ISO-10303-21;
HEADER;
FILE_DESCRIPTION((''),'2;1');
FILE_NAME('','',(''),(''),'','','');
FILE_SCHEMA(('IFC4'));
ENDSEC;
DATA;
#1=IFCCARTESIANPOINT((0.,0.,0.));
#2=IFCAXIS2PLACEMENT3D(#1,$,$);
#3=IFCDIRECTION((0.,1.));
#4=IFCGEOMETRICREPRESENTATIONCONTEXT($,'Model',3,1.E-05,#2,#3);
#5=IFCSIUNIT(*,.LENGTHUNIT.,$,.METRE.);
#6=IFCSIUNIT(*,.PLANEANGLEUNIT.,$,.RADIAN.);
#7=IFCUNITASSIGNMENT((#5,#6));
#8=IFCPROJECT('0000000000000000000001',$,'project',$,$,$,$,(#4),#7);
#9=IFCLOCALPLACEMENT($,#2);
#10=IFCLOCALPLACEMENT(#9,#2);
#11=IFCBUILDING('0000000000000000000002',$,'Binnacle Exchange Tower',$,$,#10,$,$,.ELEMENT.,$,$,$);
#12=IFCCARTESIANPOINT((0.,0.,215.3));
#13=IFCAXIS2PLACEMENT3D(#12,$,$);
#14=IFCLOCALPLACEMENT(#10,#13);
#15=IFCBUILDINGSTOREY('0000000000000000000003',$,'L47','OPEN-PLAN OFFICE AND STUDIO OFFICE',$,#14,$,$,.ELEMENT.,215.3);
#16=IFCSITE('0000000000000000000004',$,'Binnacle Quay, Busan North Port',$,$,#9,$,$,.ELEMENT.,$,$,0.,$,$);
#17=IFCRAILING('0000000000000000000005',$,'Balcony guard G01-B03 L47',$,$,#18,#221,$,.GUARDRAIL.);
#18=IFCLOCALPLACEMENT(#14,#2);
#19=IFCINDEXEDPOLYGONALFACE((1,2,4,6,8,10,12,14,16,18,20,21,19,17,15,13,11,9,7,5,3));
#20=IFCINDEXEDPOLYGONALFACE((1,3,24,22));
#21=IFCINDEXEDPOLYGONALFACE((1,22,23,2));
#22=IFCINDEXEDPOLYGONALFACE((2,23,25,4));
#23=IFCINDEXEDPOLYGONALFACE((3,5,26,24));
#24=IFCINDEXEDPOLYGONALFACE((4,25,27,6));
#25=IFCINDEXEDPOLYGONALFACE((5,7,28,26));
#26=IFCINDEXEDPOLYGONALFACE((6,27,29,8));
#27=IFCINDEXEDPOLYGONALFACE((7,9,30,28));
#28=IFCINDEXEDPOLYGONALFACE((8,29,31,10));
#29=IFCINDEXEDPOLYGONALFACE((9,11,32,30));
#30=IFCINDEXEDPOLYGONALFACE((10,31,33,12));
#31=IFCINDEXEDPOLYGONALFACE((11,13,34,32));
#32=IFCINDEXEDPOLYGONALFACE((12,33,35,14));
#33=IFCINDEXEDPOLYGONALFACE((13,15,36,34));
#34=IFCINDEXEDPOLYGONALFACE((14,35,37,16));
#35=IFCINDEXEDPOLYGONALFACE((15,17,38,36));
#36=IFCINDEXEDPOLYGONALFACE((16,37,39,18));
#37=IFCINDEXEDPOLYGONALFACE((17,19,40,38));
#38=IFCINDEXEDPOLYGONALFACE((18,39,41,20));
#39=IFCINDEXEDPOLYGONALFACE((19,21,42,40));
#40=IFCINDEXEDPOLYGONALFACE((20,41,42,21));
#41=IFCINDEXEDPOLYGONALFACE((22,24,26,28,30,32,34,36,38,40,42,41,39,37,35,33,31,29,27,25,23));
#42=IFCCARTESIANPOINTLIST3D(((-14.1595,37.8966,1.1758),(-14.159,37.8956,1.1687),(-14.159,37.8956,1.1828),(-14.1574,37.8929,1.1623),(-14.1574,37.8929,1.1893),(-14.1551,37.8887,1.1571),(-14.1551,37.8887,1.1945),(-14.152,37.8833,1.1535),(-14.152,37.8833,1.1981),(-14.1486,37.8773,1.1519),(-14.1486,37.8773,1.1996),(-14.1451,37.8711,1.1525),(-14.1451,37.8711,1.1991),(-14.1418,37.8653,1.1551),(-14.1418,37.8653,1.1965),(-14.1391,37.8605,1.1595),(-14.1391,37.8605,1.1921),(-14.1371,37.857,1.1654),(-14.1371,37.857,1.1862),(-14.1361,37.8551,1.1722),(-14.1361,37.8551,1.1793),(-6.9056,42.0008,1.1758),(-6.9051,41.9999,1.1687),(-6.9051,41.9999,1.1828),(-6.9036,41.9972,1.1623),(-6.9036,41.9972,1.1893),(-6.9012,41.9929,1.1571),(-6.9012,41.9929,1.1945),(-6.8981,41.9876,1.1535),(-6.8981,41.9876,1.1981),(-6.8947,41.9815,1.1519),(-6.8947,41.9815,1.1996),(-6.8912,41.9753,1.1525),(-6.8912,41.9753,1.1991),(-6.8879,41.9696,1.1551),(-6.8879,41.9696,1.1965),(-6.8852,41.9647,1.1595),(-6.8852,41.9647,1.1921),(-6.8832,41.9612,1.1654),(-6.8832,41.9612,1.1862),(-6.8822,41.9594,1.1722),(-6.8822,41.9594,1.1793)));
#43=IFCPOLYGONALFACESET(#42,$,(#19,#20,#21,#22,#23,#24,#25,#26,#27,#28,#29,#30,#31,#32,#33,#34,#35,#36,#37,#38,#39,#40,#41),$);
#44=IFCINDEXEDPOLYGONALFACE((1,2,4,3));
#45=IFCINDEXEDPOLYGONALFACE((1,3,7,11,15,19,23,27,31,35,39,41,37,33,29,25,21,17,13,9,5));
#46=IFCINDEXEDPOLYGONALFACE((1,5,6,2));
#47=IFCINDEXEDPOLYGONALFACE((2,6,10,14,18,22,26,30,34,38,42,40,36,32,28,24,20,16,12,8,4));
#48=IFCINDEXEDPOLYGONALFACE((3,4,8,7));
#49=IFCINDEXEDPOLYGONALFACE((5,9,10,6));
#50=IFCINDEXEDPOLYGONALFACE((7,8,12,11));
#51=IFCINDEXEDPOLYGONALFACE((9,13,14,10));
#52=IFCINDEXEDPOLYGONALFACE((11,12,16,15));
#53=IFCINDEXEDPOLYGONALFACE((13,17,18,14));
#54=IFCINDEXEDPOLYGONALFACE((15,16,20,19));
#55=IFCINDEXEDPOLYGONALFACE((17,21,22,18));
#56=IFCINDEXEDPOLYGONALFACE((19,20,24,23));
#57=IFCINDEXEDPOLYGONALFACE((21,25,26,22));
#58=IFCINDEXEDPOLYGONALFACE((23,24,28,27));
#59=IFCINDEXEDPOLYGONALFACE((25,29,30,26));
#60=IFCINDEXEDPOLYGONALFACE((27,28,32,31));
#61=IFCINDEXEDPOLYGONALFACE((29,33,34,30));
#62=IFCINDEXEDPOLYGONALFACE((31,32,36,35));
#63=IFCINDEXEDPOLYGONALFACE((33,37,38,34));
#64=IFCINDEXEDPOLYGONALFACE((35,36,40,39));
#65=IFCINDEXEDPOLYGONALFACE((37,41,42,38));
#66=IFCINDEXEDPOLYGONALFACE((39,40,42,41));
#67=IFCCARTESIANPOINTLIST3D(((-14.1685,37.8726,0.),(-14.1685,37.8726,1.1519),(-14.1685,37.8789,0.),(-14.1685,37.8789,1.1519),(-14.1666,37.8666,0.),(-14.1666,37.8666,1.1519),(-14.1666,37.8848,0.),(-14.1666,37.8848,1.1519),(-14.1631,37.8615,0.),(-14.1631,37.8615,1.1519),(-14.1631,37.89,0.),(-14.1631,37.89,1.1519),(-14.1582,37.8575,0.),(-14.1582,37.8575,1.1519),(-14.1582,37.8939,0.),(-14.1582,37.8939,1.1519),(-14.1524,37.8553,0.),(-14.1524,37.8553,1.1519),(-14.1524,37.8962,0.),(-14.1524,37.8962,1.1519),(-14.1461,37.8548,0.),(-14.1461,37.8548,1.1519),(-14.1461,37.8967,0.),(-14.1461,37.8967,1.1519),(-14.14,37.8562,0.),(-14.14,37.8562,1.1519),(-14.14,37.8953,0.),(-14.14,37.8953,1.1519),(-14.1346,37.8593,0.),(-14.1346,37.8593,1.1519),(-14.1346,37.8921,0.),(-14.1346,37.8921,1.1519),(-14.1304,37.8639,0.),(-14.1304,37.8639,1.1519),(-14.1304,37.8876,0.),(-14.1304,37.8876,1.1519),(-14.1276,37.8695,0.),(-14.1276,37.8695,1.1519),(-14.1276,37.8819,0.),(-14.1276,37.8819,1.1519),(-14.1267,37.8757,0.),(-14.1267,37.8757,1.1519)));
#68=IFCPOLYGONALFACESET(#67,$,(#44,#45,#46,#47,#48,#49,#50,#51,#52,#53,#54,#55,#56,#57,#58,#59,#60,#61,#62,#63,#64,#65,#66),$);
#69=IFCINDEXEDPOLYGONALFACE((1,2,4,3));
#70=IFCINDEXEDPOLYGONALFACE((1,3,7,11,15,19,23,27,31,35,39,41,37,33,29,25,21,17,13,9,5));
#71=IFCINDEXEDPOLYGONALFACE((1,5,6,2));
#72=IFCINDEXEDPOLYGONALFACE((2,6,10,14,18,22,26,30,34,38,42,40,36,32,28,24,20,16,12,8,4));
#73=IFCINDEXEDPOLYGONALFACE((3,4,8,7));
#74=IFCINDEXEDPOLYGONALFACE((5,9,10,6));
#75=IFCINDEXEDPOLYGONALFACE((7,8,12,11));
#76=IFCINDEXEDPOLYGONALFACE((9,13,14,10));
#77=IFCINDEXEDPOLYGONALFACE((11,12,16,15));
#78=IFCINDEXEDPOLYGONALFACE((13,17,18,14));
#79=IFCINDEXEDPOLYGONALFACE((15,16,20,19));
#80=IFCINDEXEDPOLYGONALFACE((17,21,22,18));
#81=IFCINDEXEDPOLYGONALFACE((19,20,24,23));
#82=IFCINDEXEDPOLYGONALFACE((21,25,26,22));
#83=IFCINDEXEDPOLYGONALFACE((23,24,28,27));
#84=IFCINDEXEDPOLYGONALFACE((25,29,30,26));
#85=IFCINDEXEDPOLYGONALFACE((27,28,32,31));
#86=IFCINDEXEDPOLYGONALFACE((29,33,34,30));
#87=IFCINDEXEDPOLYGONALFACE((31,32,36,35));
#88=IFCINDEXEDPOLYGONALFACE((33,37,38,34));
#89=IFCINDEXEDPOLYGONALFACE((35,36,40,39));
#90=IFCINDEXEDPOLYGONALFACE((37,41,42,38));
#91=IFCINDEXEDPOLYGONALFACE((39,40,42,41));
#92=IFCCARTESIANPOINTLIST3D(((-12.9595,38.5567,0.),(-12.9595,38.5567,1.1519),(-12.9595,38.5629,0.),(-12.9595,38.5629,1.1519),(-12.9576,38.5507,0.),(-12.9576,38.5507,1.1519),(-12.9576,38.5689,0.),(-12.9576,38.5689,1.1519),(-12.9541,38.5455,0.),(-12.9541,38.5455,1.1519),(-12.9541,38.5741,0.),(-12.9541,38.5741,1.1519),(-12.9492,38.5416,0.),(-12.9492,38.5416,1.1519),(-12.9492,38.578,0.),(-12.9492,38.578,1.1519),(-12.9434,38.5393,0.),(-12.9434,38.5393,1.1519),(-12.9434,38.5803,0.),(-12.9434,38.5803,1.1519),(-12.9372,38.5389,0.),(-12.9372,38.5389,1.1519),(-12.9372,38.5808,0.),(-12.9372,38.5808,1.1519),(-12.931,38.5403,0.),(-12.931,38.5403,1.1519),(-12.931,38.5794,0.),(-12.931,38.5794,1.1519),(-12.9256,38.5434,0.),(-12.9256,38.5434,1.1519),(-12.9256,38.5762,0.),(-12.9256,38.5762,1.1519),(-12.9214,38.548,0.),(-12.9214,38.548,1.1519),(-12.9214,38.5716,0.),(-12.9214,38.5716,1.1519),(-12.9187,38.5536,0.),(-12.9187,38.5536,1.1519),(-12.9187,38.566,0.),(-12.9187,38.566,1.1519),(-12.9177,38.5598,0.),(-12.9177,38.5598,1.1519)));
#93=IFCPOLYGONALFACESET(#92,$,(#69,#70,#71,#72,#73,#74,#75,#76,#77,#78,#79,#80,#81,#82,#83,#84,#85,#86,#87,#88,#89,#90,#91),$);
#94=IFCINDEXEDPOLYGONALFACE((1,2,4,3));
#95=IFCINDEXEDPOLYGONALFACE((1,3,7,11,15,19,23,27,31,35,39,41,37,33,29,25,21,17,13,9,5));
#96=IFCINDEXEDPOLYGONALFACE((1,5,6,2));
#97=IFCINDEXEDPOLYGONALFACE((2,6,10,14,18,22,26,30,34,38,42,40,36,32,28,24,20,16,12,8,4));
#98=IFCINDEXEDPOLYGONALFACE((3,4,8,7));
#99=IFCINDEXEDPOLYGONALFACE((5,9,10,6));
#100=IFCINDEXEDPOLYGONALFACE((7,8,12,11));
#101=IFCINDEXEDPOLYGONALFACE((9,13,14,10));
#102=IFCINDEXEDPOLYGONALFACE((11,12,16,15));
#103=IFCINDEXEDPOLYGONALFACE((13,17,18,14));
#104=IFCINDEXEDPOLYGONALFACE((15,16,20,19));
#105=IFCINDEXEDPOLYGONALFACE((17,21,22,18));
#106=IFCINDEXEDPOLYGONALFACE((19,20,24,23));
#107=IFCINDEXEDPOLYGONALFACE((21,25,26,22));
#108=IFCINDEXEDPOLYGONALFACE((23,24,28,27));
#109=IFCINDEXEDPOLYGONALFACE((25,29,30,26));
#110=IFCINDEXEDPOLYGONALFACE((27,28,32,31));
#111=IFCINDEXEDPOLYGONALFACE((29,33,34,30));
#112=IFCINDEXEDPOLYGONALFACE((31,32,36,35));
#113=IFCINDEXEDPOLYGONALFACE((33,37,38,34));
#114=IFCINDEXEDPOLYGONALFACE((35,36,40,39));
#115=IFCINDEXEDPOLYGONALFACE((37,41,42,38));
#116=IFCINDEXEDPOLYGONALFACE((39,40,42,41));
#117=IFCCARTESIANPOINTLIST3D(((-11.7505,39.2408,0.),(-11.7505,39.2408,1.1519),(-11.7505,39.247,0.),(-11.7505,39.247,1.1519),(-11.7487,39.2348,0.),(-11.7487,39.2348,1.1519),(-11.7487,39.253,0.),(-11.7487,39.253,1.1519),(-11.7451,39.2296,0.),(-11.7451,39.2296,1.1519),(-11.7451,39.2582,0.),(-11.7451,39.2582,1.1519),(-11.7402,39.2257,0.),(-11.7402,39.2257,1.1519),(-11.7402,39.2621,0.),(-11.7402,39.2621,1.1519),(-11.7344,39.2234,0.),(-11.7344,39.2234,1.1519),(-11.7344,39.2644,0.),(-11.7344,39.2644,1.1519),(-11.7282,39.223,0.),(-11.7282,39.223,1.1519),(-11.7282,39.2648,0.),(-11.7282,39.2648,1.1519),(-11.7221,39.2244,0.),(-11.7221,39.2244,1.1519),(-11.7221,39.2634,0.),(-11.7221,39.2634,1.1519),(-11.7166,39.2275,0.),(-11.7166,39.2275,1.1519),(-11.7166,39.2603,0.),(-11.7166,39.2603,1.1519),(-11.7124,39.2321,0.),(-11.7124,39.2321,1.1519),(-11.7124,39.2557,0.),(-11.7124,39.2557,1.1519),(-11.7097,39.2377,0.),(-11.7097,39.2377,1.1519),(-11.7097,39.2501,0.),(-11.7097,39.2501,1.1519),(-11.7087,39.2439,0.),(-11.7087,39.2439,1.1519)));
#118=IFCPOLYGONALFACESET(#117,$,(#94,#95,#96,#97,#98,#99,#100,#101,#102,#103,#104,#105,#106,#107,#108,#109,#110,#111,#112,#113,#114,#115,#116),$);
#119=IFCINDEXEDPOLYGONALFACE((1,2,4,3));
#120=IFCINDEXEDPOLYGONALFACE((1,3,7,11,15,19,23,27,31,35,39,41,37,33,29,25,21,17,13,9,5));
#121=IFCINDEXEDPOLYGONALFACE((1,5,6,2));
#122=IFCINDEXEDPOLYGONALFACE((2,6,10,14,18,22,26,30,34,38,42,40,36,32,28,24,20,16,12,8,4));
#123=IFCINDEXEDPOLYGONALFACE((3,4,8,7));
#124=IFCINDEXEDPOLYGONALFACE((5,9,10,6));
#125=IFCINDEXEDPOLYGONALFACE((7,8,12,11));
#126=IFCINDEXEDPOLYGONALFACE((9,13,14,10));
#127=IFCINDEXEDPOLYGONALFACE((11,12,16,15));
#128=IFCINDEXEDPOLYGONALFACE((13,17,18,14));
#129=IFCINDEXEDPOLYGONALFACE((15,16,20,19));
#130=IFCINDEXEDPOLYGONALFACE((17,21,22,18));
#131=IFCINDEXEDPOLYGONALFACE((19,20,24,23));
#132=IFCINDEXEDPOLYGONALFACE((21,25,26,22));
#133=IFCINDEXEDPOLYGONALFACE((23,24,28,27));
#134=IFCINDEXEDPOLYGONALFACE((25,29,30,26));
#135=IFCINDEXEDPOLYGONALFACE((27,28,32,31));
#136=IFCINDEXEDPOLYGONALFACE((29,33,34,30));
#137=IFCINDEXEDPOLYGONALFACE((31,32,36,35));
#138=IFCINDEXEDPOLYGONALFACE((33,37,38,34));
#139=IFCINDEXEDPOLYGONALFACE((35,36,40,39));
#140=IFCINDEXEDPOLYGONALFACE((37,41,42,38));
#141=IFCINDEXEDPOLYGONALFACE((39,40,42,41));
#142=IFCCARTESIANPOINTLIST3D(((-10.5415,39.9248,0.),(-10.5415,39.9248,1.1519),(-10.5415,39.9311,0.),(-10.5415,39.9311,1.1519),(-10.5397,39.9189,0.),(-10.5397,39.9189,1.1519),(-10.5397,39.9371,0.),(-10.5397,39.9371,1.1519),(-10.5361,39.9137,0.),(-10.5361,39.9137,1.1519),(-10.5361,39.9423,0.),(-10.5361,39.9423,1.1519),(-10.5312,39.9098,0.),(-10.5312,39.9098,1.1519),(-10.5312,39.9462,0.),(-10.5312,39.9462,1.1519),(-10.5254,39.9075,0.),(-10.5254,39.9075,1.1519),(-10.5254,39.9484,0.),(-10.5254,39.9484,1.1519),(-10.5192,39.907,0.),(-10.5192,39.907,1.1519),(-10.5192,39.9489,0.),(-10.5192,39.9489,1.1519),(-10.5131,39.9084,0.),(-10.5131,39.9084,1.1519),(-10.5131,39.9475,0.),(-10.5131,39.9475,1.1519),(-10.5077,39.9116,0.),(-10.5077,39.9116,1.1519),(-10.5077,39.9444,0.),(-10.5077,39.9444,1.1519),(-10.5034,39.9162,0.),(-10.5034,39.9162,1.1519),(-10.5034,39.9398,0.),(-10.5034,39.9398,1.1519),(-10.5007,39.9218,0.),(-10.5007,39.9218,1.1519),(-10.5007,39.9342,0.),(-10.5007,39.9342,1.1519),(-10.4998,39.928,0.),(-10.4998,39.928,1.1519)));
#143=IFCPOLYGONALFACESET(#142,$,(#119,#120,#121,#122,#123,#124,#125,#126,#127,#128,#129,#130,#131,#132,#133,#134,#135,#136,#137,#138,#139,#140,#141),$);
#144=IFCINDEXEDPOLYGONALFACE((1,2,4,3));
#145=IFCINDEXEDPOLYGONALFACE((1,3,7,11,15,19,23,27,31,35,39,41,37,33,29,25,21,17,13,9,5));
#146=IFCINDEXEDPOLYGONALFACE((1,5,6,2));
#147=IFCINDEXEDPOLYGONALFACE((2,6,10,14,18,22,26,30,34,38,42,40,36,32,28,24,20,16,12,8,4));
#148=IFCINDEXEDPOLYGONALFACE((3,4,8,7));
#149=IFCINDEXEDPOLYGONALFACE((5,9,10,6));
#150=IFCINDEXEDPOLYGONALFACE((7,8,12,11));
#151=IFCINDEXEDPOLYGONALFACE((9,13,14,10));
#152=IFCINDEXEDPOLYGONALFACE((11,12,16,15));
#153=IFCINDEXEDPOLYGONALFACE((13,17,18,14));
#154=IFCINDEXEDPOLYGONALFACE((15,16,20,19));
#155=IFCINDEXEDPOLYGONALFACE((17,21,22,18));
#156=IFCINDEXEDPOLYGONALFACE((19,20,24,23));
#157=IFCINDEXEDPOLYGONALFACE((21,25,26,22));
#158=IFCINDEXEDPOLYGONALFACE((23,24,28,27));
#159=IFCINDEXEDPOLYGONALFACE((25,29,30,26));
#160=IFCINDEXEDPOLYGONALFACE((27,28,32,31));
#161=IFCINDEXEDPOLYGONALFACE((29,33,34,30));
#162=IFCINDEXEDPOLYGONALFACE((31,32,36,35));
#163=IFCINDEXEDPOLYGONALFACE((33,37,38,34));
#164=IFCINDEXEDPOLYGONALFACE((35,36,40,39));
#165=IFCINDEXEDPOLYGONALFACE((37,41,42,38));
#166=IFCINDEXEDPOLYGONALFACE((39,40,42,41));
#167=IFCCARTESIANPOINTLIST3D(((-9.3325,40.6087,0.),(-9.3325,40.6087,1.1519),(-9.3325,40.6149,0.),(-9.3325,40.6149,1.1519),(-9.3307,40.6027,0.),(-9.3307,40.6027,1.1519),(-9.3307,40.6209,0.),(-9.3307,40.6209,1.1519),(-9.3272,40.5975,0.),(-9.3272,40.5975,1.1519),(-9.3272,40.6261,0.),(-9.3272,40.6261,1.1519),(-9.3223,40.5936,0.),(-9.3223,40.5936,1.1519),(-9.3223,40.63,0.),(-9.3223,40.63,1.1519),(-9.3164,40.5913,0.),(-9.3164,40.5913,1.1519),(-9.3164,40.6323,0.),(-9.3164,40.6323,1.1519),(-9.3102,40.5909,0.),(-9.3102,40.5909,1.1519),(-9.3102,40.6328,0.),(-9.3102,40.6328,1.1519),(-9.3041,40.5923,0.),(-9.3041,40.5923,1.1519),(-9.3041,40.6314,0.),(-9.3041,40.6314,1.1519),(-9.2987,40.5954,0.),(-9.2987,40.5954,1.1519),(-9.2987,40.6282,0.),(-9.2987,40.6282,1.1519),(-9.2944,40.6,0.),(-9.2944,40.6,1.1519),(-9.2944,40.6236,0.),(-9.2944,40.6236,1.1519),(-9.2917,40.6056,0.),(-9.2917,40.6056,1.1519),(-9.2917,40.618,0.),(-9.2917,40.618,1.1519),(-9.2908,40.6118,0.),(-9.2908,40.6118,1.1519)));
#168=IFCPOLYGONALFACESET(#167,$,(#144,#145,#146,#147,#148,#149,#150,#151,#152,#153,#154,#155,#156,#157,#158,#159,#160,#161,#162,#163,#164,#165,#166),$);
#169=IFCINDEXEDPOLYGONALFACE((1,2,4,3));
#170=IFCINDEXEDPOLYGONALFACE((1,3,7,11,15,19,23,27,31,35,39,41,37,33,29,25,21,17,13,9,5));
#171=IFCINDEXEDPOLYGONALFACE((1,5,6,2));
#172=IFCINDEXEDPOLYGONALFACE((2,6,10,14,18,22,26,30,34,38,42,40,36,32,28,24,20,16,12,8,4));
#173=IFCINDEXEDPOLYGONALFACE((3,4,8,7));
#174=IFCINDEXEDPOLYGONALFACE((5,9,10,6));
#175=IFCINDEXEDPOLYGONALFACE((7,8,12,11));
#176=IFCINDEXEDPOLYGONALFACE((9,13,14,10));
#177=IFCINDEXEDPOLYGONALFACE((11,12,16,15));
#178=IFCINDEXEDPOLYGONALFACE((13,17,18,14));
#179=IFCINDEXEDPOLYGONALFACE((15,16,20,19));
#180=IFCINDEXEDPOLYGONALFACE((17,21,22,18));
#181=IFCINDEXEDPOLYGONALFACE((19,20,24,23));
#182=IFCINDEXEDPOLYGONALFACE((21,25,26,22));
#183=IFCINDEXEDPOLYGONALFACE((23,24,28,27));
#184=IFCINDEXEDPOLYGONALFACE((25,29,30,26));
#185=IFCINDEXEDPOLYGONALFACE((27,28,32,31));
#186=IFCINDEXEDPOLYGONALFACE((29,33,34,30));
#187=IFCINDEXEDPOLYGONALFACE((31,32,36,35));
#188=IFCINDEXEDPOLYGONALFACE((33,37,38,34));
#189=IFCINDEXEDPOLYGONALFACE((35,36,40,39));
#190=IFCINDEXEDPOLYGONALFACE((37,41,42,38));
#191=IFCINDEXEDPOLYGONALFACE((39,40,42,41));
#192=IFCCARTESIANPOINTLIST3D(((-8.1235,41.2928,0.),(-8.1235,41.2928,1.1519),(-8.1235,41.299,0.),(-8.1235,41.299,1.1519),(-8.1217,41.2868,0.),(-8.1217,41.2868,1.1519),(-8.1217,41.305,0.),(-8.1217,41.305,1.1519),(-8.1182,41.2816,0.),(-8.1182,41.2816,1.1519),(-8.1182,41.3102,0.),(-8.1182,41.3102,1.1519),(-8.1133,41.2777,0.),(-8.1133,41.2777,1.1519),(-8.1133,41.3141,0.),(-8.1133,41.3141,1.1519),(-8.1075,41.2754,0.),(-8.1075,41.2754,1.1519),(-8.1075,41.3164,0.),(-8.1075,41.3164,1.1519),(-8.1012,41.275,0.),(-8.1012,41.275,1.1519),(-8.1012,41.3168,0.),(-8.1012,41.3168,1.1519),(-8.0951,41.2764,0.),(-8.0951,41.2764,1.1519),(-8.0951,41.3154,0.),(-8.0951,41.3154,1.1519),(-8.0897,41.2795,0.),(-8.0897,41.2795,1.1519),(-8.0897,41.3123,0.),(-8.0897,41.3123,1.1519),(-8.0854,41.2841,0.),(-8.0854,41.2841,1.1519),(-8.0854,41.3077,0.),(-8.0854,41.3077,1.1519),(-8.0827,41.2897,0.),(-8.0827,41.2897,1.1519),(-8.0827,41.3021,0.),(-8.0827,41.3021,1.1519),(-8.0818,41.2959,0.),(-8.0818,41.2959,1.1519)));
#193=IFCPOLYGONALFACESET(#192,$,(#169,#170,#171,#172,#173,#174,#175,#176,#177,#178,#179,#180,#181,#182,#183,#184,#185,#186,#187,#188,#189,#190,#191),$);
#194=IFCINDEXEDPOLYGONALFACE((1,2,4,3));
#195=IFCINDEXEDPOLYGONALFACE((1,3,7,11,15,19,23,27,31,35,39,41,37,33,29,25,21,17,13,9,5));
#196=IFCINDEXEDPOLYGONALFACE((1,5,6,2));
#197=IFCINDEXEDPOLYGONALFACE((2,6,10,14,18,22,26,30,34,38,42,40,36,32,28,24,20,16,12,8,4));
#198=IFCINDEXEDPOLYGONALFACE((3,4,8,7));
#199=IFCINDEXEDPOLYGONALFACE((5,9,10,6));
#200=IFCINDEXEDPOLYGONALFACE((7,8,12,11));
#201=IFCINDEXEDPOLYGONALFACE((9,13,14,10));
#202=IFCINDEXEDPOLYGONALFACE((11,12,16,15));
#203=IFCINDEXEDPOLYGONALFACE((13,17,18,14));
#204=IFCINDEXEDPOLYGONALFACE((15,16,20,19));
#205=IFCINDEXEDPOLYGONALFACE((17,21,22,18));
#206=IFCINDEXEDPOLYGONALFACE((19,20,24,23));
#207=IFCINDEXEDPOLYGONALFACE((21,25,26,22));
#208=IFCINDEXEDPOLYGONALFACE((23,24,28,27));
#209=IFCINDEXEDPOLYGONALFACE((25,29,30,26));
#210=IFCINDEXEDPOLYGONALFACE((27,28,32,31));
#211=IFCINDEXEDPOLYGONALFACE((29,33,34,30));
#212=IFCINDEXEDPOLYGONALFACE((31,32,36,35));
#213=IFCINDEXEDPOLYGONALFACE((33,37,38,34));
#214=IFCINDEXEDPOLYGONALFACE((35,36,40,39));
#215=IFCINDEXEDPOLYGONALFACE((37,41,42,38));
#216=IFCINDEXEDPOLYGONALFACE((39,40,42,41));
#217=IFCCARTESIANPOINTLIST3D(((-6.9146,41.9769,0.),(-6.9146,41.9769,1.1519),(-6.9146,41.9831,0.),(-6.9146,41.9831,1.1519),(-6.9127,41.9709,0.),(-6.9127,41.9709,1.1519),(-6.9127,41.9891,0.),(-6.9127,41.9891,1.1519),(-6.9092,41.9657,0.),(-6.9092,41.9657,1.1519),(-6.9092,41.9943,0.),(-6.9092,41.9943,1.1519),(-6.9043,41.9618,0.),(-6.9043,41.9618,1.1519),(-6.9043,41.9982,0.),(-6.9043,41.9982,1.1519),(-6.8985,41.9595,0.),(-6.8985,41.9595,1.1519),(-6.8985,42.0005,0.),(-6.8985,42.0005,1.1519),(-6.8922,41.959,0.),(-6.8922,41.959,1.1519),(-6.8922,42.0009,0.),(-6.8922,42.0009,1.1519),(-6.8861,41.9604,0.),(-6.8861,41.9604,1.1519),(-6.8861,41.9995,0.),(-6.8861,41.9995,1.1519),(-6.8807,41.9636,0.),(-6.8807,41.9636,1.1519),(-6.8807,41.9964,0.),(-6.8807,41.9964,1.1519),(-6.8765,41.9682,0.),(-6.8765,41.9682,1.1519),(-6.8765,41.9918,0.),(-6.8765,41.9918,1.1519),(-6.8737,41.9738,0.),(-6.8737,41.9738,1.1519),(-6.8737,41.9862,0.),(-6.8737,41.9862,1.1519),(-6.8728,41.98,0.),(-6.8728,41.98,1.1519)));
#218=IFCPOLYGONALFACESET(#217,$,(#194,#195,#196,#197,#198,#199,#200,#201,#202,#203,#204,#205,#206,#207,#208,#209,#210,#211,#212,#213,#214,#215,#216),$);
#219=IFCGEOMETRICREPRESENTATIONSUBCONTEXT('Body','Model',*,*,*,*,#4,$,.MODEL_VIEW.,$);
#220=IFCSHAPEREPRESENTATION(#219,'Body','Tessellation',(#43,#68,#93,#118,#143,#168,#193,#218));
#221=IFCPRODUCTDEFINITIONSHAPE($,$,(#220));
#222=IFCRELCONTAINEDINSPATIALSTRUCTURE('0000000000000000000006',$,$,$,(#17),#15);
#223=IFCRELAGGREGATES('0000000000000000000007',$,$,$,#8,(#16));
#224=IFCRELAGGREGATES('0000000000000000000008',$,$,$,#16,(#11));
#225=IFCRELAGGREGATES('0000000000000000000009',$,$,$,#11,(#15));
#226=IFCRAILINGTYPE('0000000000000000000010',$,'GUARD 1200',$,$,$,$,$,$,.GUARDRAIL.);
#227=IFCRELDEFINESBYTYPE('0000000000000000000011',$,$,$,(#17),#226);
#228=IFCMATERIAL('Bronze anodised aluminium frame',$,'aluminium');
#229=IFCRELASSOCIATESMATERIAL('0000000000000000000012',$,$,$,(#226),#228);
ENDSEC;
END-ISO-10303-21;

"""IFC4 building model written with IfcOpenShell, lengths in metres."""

from ifc_helpers import new_model, si_unit, direction, frame, origin, origin_2d, place, context, subcontext, project, spatial, circle, extrude, material, type_object, element, save


model = new_model("IFC4")

# Units and contexts
model_context = context("Model", 3, precision=1e-05, world=origin(), true_north=direction((0.0, 1.0)))
body_context = subcontext(model_context, "Body", "Model", "MODEL_VIEW")
ifc_project = project(units=[si_unit("LENGTHUNIT", "METRE"), si_unit("PLANEANGLEUNIT", "RADIAN")], contexts=[model_context])

# Site, building, storey
site_placement = place(None, origin())
site = spatial("IfcSite", under=ifc_project, at=site_placement, Name="Binnacle Quay, Busan North Port", CompositionType="ELEMENT", RefElevation=0.0)
building_placement = place(site_placement, origin())
building = spatial("IfcBuilding", under=site, at=building_placement, Name="Binnacle Exchange Tower", CompositionType="ELEMENT")
storey_placement = place(building_placement, frame((0.0, 0.0, 215.3)))
storey = spatial("IfcBuildingStorey", under=building, at=storey_placement, Name="L47", Description="OPEN-PLAN OFFICE AND STUDIO OFFICE", CompositionType="ELEMENT", Elevation=215.3)

# Railing
ifc_material_1 = material(Name="Bronze anodised aluminium frame", Category="aluminium")
railing_type = type_object("IfcRailingType", Name="GUARD 1200", PredefinedType="GUARDRAIL", material=ifc_material_1)
railing_1_placement = place(storey_placement, frame((-14.1477, 37.8757, 0.0)))
element("IfcRailing", 1, at=railing_1_placement, inside=storey, type_object=railing_type, Name="Balcony guard G01-B03 L47", PredefinedType="GUARDRAIL", context=body_context, shape_type="SweptSolid", body=[
    extrude(circle(Radius=0.0239, at=origin_2d()), frame((0.0, 0.0, 1.1758), z_axis=(0.870346, 0.49244, 0.0), x_axis=(-0.49244, 0.870346, 0.0)), (0.0, 0.0, 1.0), 8.3345),
    extrude(circle(Radius=0.021, at=origin_2d()), origin(), (0.0, 0.0, 1.0), 1.1519),
    extrude(circle(Radius=0.021, at=origin_2d()), frame((1.209, 0.6841, 0.0)), (0.0, 0.0, 1.0), 1.1519),
    extrude(circle(Radius=0.021, at=origin_2d()), frame((2.418, 1.3682, 0.0)), (0.0, 0.0, 1.0), 1.1519),
    extrude(circle(Radius=0.021, at=origin_2d()), frame((3.627, 2.0522, 0.0)), (0.0, 0.0, 1.0), 1.1519),
    extrude(circle(Radius=0.021, at=origin_2d()), frame((4.8359, 2.7361, 0.0)), (0.0, 0.0, 1.0), 1.1519),
    extrude(circle(Radius=0.021, at=origin_2d()), frame((6.0449, 3.4202, 0.0)), (0.0, 0.0, 1.0), 1.1519),
    extrude(circle(Radius=0.021, at=origin_2d()), frame((7.2539, 4.1042, 0.0)), (0.0, 0.0, 1.0), 1.1519),
])

save(model, "model.ifc")
